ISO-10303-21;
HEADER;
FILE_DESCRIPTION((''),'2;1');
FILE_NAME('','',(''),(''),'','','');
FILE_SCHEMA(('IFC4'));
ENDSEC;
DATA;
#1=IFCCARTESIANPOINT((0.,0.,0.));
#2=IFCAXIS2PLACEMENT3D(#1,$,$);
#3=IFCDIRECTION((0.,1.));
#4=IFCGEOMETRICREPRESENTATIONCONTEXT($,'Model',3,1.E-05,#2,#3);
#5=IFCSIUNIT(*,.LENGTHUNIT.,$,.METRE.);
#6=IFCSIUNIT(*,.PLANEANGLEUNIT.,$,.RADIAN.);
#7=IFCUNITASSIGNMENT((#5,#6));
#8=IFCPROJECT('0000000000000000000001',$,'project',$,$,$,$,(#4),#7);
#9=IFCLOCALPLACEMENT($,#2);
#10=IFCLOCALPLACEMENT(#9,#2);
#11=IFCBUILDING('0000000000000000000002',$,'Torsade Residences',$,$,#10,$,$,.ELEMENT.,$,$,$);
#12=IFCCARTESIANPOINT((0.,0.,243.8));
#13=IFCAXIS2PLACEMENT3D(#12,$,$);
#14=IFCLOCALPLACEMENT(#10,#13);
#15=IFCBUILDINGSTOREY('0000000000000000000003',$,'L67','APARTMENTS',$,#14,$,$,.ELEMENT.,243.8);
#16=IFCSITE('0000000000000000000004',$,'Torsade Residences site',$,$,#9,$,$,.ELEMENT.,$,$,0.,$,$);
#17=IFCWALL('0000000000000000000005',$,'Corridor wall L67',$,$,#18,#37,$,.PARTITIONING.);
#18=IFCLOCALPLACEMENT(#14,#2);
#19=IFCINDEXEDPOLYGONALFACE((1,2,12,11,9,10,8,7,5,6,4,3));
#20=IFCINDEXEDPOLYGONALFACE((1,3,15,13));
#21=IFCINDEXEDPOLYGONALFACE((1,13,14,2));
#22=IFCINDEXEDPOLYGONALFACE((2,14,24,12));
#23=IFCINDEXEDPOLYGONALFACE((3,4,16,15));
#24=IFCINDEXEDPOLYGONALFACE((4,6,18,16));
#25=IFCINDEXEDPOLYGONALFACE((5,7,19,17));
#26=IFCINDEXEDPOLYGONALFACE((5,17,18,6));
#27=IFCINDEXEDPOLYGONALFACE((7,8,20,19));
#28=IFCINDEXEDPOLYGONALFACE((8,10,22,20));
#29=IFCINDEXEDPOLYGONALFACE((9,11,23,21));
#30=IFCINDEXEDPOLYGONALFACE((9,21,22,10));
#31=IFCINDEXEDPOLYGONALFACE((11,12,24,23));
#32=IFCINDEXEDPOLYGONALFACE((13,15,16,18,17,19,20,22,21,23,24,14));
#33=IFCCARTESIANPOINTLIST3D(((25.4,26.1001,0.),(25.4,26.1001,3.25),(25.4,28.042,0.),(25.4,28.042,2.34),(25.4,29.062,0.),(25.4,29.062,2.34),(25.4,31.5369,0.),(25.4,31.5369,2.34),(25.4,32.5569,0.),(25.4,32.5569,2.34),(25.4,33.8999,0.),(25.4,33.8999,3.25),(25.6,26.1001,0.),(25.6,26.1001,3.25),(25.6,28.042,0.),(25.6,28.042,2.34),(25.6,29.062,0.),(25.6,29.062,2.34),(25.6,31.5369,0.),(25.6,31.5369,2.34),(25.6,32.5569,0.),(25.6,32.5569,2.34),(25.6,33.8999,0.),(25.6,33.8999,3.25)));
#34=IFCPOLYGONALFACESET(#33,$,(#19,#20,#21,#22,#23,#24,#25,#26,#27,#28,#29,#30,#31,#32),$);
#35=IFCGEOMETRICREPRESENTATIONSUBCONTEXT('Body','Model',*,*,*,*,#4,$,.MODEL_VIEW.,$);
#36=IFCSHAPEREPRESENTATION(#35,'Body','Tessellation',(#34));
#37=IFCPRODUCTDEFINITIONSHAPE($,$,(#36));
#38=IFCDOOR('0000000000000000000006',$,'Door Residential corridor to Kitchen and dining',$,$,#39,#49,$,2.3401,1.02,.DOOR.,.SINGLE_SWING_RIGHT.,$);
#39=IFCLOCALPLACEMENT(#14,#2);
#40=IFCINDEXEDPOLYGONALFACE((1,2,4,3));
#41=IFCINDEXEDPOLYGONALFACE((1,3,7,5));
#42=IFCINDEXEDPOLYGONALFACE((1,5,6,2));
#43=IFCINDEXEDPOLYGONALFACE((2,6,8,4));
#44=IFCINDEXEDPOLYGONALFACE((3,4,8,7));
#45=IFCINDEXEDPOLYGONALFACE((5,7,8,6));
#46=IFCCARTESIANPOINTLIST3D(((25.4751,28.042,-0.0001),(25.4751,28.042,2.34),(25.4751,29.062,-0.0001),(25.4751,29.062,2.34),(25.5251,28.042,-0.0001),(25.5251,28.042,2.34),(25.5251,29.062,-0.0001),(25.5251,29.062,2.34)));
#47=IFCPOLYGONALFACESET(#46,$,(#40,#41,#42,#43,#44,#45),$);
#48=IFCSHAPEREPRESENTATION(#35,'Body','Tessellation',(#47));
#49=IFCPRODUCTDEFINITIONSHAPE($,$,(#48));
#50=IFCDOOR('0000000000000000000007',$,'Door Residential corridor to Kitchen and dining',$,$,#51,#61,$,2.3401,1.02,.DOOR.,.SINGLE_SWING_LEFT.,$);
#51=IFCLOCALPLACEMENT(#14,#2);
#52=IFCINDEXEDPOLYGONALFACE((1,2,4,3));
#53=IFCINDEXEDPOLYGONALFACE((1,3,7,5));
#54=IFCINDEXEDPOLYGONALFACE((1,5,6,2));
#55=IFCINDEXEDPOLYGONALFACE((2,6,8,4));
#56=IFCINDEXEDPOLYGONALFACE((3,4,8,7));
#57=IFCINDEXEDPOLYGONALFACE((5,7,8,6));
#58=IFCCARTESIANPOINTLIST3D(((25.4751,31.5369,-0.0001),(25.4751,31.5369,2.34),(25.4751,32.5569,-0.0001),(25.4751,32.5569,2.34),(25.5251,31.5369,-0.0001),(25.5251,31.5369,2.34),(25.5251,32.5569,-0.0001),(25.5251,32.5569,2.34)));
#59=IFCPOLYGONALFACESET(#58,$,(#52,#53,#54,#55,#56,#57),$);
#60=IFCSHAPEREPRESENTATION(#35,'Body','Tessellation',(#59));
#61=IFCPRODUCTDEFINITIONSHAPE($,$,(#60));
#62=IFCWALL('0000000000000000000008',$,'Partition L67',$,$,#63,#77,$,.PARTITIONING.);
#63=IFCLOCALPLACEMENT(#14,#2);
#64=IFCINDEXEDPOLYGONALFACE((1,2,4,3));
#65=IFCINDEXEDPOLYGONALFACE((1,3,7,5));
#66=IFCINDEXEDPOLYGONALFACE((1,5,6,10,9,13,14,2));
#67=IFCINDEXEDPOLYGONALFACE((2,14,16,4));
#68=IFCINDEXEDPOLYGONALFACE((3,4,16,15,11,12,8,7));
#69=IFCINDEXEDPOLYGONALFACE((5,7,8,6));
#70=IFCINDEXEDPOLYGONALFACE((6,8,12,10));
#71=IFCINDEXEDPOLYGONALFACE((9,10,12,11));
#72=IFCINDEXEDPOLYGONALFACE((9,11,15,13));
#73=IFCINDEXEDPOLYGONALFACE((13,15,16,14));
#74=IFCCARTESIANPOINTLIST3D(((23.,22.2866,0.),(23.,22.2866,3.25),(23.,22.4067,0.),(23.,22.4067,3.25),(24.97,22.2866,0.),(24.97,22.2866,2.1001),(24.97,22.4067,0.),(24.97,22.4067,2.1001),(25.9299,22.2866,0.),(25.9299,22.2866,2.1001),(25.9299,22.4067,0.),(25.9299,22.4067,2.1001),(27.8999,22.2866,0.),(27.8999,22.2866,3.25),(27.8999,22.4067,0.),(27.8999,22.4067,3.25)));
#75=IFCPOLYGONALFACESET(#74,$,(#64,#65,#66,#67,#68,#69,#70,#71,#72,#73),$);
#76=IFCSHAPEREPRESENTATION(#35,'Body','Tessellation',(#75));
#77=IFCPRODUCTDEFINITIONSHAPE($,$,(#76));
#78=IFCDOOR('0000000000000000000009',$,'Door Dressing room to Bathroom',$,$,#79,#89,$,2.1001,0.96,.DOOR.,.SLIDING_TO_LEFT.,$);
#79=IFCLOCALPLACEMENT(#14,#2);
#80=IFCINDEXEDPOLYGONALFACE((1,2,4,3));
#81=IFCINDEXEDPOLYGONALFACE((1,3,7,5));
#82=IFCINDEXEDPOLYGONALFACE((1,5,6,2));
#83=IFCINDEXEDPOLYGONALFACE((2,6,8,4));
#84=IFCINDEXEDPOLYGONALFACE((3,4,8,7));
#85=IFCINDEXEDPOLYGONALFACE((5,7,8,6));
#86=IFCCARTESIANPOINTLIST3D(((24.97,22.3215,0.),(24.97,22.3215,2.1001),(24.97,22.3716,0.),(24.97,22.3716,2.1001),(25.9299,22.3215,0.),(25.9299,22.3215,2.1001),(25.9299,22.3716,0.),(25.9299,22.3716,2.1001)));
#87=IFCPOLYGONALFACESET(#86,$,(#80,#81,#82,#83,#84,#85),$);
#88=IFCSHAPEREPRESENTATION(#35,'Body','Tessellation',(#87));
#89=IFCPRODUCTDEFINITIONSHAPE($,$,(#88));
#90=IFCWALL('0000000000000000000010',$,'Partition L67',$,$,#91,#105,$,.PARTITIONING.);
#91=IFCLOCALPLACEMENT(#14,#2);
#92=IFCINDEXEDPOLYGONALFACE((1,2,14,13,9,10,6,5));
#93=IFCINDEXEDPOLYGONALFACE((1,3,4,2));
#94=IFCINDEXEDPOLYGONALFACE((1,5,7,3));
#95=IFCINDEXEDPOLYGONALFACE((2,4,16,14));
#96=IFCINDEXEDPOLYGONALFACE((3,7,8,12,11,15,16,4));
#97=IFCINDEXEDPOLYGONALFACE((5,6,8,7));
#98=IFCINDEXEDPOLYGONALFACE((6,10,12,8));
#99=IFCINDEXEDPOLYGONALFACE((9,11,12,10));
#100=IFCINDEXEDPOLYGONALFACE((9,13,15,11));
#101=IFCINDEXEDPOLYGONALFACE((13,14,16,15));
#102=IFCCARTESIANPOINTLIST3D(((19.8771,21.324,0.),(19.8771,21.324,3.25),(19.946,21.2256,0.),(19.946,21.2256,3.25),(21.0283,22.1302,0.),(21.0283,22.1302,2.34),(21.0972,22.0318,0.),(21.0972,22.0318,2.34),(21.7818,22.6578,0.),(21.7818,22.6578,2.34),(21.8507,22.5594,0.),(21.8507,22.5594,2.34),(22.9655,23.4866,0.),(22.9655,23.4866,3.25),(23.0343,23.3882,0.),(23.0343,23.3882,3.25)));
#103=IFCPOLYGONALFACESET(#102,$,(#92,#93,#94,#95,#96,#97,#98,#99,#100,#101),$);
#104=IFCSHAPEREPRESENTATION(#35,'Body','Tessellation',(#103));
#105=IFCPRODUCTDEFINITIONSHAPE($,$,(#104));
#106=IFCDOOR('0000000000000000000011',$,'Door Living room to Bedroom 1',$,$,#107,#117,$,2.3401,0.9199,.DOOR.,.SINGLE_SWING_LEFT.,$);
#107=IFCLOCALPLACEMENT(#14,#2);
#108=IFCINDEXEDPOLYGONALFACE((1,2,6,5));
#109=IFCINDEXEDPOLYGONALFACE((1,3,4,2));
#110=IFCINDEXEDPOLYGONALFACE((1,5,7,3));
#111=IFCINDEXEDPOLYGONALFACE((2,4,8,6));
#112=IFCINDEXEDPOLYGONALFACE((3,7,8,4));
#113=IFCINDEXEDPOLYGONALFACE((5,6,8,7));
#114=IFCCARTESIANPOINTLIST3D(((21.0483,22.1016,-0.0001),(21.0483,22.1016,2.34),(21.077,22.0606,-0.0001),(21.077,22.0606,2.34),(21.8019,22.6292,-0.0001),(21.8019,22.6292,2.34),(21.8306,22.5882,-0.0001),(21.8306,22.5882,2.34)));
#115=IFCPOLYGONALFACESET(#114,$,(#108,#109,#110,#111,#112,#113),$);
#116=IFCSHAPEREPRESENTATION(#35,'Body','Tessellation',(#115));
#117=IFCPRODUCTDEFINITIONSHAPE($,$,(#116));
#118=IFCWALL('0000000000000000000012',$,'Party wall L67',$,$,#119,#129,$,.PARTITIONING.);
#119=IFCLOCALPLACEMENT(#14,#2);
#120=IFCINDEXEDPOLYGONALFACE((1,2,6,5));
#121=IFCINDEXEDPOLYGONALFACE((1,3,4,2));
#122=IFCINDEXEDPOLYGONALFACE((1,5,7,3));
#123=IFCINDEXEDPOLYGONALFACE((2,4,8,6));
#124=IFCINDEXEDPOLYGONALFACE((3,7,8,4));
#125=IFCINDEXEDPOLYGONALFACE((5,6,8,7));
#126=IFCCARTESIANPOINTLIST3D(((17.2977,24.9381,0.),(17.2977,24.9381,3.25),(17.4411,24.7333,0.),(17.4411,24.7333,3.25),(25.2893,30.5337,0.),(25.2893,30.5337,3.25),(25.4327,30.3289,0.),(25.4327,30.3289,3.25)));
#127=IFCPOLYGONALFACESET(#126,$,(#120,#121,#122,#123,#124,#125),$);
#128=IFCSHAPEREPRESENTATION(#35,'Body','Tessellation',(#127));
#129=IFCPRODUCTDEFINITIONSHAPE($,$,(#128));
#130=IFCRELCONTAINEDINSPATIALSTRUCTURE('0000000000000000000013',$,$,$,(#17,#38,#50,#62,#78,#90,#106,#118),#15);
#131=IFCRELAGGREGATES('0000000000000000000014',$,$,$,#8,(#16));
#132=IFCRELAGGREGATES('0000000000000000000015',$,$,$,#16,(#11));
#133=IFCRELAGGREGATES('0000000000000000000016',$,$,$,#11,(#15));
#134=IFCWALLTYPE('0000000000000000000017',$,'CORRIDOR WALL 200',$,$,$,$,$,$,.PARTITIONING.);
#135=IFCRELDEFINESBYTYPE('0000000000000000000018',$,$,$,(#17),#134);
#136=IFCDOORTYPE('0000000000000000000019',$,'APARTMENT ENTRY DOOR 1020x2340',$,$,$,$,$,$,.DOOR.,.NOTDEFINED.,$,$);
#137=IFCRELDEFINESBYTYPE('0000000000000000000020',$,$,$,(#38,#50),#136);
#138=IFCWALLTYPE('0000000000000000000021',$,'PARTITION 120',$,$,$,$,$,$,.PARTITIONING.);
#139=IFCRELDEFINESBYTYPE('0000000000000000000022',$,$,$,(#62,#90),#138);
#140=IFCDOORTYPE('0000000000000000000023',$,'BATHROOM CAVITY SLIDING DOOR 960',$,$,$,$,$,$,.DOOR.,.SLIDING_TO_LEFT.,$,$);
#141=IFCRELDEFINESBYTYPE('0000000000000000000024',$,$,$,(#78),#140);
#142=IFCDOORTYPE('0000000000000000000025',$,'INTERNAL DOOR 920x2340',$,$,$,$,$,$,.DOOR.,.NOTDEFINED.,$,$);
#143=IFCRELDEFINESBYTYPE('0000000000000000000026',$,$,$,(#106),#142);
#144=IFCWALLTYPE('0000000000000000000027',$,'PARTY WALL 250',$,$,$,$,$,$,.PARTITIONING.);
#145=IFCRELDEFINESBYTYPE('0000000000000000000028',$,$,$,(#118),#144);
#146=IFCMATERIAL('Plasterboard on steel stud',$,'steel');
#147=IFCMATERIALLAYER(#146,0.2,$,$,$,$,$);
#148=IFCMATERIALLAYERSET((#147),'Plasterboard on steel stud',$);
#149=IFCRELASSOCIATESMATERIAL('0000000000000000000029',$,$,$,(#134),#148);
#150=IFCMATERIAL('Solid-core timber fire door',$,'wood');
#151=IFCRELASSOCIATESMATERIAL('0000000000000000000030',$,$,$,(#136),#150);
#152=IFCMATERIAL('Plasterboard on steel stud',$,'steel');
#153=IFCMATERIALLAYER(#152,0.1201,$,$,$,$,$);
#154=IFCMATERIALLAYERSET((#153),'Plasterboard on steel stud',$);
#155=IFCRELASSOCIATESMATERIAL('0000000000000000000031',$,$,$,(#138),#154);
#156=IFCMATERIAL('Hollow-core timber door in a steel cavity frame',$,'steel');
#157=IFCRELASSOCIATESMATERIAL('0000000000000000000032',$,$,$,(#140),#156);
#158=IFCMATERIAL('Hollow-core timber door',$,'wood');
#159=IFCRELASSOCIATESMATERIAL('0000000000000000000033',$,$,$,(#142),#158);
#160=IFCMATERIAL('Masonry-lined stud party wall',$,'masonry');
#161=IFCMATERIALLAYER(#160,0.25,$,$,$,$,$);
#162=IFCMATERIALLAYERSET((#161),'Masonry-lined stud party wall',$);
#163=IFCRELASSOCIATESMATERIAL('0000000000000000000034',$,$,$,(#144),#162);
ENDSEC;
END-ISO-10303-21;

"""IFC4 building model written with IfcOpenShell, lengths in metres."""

from ifc_helpers import new_model, si_unit, direction, frame, frame_2d, origin, place, context, subcontext, project, spatial, rectangle, extrude, material, layer, layer_set, type_object, element, fill, save


model = new_model("IFC4")

# Units and contexts
model_context = context("Model", 3, precision=1e-05, world=origin(), true_north=direction((0.0, 1.0)))
body_context = subcontext(model_context, "Body", "Model", "MODEL_VIEW")
ifc_project = project(units=[si_unit("LENGTHUNIT", "METRE"), si_unit("PLANEANGLEUNIT", "RADIAN")], contexts=[model_context])

# Site, building, storey
site_placement = place(None, origin())
site = spatial("IfcSite", under=ifc_project, at=site_placement, Name="Torsade Residences site", CompositionType="ELEMENT", RefElevation=0.0)
building_placement = place(site_placement, origin())
building = spatial("IfcBuilding", under=site, at=building_placement, Name="Torsade Residences", CompositionType="ELEMENT")
storey_placement = place(building_placement, frame((0.0, 0.0, 243.8)))
storey = spatial("IfcBuildingStorey", under=building, at=storey_placement, Name="L67", Description="APARTMENTS", CompositionType="ELEMENT", Elevation=243.8)

# Wall, openings, doors
ifc_material_1 = material(Name="Plasterboard on steel stud", Category="steel")
ifc_layer_1 = layer(ifc_material_1, 0.2)
ifc_layer_set_1 = layer_set([ifc_layer_1], Name="Plasterboard on steel stud")
wall_type_1 = type_object("IfcWallType", Name="CORRIDOR WALL 200", PredefinedType="PARTITIONING", material=ifc_layer_set_1)
wall_1_placement = place(storey_placement, frame((25.5, 26.1001, 0.0), z_axis=(0.0, 0.0, 1.0), x_axis=(0.0, 1.0, 0.0)))
wall_1 = element("IfcWall", 1, at=wall_1_placement, inside=storey, type_object=wall_type_1, Name="Corridor wall L67", PredefinedType="PARTITIONING", context=body_context, shape_type="SweptSolid", body=[
    extrude(rectangle(XDim=7.7998, YDim=0.2, at=frame_2d((3.8999, 0.0))), origin(), (0.0, 0.0, 1.0), 3.25),
])
opening_1_placement = place(wall_1_placement, frame((1.9419, 0.0, 0.0)))
opening_1 = element("IfcOpeningElement", 2, at=opening_1_placement, cuts=wall_1, PredefinedType="OPENING", context=body_context, shape_type="SweptSolid", body=[
    extrude(rectangle(XDim=1.02, YDim=2.3401, at=frame_2d((0.51, 1.1699))), frame((0.0, 0.1099, 0.0), z_axis=(0.0, -1.0, 0.0), x_axis=(1.0, 0.0, 0.0)), (0.0, 0.0, 1.0), 0.22),
])
opening_2_placement = place(wall_1_placement, frame((5.4368, 0.0, 0.0)))
opening_2 = element("IfcOpeningElement", 3, at=opening_2_placement, cuts=wall_1, PredefinedType="OPENING", context=body_context, shape_type="SweptSolid", body=[
    extrude(rectangle(XDim=1.02, YDim=2.3401, at=frame_2d((0.51, 1.1699))), frame((0.0, 0.1099, 0.0), z_axis=(0.0, -1.0, 0.0), x_axis=(1.0, 0.0, 0.0)), (0.0, 0.0, 1.0), 0.22),
])
ifc_material_2 = material(Name="Solid-core timber fire door", Category="wood")
door_type_1 = type_object("IfcDoorType", Name="APARTMENT ENTRY DOOR 1020x2340", OperationType="NOTDEFINED", PredefinedType="DOOR", material=ifc_material_2)
door_1_placement = place(opening_1_placement, origin())
door_1 = element("IfcDoor", 4, at=door_1_placement, inside=storey, type_object=door_type_1, Name="Door Residential corridor to Kitchen and dining", OperationType="SINGLE_SWING_RIGHT", OverallHeight=2.3401, OverallWidth=1.02, PredefinedType="DOOR", context=body_context, shape_type="SweptSolid", body=[
    extrude(rectangle(XDim=1.02, YDim=2.3401, at=frame_2d((0.51, 1.1699))), frame((0.0, 0.0249, 0.0), z_axis=(0.0, -1.0, 0.0), x_axis=(1.0, 0.0, 0.0)), (0.0, 0.0, 1.0), 0.05),
])
fill(opening_1, door_1)
door_2_placement = place(opening_2_placement, origin())
door_2 = element("IfcDoor", 5, at=door_2_placement, inside=storey, type_object=door_type_1, Name="Door Residential corridor to Kitchen and dining", OperationType="SINGLE_SWING_LEFT", OverallHeight=2.3401, OverallWidth=1.02, PredefinedType="DOOR", context=body_context, shape_type="SweptSolid", body=[
    extrude(rectangle(XDim=1.02, YDim=2.3401, at=frame_2d((0.51, 1.1699))), frame((0.0, 0.0249, 0.0), z_axis=(0.0, -1.0, 0.0), x_axis=(1.0, 0.0, 0.0)), (0.0, 0.0, 1.0), 0.05),
])
fill(opening_2, door_2)

# Walls, openings, doors
ifc_material_3 = material(Name="Plasterboard on steel stud", Category="steel")
ifc_layer_2 = layer(ifc_material_3, 0.1201)
ifc_layer_set_2 = layer_set([ifc_layer_2], Name="Plasterboard on steel stud")
wall_type_2 = type_object("IfcWallType", Name="PARTITION 120", PredefinedType="PARTITIONING", material=ifc_layer_set_2)
wall_2_placement = place(storey_placement, frame((23.0, 22.3467, 0.0), z_axis=(0.0, 0.0, 1.0), x_axis=(1.0, 0.0, 0.0)))
wall_2 = element("IfcWall", 6, at=wall_2_placement, inside=storey, type_object=wall_type_2, Name="Partition L67", PredefinedType="PARTITIONING", context=body_context, shape_type="SweptSolid", body=[
    extrude(rectangle(XDim=4.8999, YDim=0.1201, at=frame_2d((2.45, 0.0))), origin(), (0.0, 0.0, 1.0), 3.25),
])
opening_3_placement = place(wall_2_placement, frame((1.97, 0.0, 0.0)))
opening_3 = element("IfcOpeningElement", 7, at=opening_3_placement, cuts=wall_2, PredefinedType="OPENING", context=body_context, shape_type="SweptSolid", body=[
    extrude(rectangle(XDim=0.96, YDim=2.1001, at=frame_2d((0.48, 1.05))), frame((0.0, 0.0701, 0.0), z_axis=(0.0, -1.0, 0.0), x_axis=(1.0, 0.0, 0.0)), (0.0, 0.0, 1.0), 0.1401),
])
ifc_material_4 = material(Name="Hollow-core timber door in a steel cavity frame", Category="steel")
door_type_2 = type_object("IfcDoorType", Name="BATHROOM CAVITY SLIDING DOOR 960", OperationType="SLIDING_TO_LEFT", PredefinedType="DOOR", material=ifc_material_4)
door_3_placement = place(opening_3_placement, origin())
door_3 = element("IfcDoor", 8, at=door_3_placement, inside=storey, type_object=door_type_2, Name="Door Dressing room to Bathroom", OperationType="SLIDING_TO_LEFT", OverallHeight=2.1001, OverallWidth=0.96, PredefinedType="DOOR", context=body_context, shape_type="SweptSolid", body=[
    extrude(rectangle(XDim=0.96, YDim=2.1001, at=frame_2d((0.48, 1.05))), frame((0.0, 0.0249, 0.0), z_axis=(0.0, -1.0, 0.0), x_axis=(1.0, 0.0, 0.0)), (0.0, 0.0, 1.0), 0.05),
])
fill(opening_3, door_3)
wall_3_placement = place(storey_placement, frame((23.0, 23.4375, 0.0), z_axis=(0.0, 0.0, 1.0), x_axis=(-0.819141, -0.573593, 0.0)))
wall_3 = element("IfcWall", 9, at=wall_3_placement, inside=storey, type_object=wall_type_2, Name="Partition L67", PredefinedType="PARTITIONING", context=body_context, shape_type="SweptSolid", body=[
    extrude(rectangle(XDim=3.7703, YDim=0.1201, at=frame_2d((1.8853, 0.0))), origin(), (0.0, 0.0, 1.0), 3.25),
])
opening_4_placement = place(wall_3_placement, frame((1.4451, 0.0, 0.0)))
opening_4 = element("IfcOpeningElement", 10, at=opening_4_placement, cuts=wall_3, PredefinedType="OPENING", context=body_context, shape_type="SweptSolid", body=[
    extrude(rectangle(XDim=0.9199, YDim=2.3401, at=frame_2d((0.46, 1.1699))), frame((0.0, 0.0701, 0.0), z_axis=(0.0, -1.0, 0.0), x_axis=(1.0, 0.0, 0.0)), (0.0, 0.0, 1.0), 0.1401),
])
ifc_material_5 = material(Name="Hollow-core timber door", Category="wood")
door_type_3 = type_object("IfcDoorType", Name="INTERNAL DOOR 920x2340", OperationType="NOTDEFINED", PredefinedType="DOOR", material=ifc_material_5)
door_4_placement = place(opening_4_placement, origin())
door_4 = element("IfcDoor", 11, at=door_4_placement, inside=storey, type_object=door_type_3, Name="Door Living room to Bedroom 1", OperationType="SINGLE_SWING_LEFT", OverallHeight=2.3401, OverallWidth=0.9199, PredefinedType="DOOR", context=body_context, shape_type="SweptSolid", body=[
    extrude(rectangle(XDim=0.9199, YDim=2.3401, at=frame_2d((0.46, 1.1699))), frame((0.0, 0.0249, 0.0), z_axis=(0.0, -1.0, 0.0), x_axis=(1.0, 0.0, 0.0)), (0.0, 0.0, 1.0), 0.05),
])
fill(opening_4, door_4)

# Wall
ifc_material_6 = material(Name="Masonry-lined stud party wall", Category="masonry")
ifc_layer_3 = layer(ifc_material_6, 0.25)
ifc_layer_set_3 = layer_set([ifc_layer_3], Name="Masonry-lined stud party wall")
wall_type_3 = type_object("IfcWallType", Name="PARTY WALL 250", PredefinedType="PARTITIONING", material=ifc_layer_set_3)
wall_4_placement = place(storey_placement, frame((17.3694, 24.8357, 0.0), z_axis=(0.0, 0.0, 1.0), x_axis=(0.819159, 0.573566, 0.0)))
element("IfcWall", 12, at=wall_4_placement, inside=storey, type_object=wall_type_3, Name="Party wall L67", PredefinedType="PARTITIONING", context=body_context, shape_type="SweptSolid", body=[
    extrude(rectangle(XDim=9.7559, YDim=0.25, at=frame_2d((4.8779, 0.0))), origin(), (0.0, 0.0, 1.0), 3.25),
])

save(model, "model.ifc")
